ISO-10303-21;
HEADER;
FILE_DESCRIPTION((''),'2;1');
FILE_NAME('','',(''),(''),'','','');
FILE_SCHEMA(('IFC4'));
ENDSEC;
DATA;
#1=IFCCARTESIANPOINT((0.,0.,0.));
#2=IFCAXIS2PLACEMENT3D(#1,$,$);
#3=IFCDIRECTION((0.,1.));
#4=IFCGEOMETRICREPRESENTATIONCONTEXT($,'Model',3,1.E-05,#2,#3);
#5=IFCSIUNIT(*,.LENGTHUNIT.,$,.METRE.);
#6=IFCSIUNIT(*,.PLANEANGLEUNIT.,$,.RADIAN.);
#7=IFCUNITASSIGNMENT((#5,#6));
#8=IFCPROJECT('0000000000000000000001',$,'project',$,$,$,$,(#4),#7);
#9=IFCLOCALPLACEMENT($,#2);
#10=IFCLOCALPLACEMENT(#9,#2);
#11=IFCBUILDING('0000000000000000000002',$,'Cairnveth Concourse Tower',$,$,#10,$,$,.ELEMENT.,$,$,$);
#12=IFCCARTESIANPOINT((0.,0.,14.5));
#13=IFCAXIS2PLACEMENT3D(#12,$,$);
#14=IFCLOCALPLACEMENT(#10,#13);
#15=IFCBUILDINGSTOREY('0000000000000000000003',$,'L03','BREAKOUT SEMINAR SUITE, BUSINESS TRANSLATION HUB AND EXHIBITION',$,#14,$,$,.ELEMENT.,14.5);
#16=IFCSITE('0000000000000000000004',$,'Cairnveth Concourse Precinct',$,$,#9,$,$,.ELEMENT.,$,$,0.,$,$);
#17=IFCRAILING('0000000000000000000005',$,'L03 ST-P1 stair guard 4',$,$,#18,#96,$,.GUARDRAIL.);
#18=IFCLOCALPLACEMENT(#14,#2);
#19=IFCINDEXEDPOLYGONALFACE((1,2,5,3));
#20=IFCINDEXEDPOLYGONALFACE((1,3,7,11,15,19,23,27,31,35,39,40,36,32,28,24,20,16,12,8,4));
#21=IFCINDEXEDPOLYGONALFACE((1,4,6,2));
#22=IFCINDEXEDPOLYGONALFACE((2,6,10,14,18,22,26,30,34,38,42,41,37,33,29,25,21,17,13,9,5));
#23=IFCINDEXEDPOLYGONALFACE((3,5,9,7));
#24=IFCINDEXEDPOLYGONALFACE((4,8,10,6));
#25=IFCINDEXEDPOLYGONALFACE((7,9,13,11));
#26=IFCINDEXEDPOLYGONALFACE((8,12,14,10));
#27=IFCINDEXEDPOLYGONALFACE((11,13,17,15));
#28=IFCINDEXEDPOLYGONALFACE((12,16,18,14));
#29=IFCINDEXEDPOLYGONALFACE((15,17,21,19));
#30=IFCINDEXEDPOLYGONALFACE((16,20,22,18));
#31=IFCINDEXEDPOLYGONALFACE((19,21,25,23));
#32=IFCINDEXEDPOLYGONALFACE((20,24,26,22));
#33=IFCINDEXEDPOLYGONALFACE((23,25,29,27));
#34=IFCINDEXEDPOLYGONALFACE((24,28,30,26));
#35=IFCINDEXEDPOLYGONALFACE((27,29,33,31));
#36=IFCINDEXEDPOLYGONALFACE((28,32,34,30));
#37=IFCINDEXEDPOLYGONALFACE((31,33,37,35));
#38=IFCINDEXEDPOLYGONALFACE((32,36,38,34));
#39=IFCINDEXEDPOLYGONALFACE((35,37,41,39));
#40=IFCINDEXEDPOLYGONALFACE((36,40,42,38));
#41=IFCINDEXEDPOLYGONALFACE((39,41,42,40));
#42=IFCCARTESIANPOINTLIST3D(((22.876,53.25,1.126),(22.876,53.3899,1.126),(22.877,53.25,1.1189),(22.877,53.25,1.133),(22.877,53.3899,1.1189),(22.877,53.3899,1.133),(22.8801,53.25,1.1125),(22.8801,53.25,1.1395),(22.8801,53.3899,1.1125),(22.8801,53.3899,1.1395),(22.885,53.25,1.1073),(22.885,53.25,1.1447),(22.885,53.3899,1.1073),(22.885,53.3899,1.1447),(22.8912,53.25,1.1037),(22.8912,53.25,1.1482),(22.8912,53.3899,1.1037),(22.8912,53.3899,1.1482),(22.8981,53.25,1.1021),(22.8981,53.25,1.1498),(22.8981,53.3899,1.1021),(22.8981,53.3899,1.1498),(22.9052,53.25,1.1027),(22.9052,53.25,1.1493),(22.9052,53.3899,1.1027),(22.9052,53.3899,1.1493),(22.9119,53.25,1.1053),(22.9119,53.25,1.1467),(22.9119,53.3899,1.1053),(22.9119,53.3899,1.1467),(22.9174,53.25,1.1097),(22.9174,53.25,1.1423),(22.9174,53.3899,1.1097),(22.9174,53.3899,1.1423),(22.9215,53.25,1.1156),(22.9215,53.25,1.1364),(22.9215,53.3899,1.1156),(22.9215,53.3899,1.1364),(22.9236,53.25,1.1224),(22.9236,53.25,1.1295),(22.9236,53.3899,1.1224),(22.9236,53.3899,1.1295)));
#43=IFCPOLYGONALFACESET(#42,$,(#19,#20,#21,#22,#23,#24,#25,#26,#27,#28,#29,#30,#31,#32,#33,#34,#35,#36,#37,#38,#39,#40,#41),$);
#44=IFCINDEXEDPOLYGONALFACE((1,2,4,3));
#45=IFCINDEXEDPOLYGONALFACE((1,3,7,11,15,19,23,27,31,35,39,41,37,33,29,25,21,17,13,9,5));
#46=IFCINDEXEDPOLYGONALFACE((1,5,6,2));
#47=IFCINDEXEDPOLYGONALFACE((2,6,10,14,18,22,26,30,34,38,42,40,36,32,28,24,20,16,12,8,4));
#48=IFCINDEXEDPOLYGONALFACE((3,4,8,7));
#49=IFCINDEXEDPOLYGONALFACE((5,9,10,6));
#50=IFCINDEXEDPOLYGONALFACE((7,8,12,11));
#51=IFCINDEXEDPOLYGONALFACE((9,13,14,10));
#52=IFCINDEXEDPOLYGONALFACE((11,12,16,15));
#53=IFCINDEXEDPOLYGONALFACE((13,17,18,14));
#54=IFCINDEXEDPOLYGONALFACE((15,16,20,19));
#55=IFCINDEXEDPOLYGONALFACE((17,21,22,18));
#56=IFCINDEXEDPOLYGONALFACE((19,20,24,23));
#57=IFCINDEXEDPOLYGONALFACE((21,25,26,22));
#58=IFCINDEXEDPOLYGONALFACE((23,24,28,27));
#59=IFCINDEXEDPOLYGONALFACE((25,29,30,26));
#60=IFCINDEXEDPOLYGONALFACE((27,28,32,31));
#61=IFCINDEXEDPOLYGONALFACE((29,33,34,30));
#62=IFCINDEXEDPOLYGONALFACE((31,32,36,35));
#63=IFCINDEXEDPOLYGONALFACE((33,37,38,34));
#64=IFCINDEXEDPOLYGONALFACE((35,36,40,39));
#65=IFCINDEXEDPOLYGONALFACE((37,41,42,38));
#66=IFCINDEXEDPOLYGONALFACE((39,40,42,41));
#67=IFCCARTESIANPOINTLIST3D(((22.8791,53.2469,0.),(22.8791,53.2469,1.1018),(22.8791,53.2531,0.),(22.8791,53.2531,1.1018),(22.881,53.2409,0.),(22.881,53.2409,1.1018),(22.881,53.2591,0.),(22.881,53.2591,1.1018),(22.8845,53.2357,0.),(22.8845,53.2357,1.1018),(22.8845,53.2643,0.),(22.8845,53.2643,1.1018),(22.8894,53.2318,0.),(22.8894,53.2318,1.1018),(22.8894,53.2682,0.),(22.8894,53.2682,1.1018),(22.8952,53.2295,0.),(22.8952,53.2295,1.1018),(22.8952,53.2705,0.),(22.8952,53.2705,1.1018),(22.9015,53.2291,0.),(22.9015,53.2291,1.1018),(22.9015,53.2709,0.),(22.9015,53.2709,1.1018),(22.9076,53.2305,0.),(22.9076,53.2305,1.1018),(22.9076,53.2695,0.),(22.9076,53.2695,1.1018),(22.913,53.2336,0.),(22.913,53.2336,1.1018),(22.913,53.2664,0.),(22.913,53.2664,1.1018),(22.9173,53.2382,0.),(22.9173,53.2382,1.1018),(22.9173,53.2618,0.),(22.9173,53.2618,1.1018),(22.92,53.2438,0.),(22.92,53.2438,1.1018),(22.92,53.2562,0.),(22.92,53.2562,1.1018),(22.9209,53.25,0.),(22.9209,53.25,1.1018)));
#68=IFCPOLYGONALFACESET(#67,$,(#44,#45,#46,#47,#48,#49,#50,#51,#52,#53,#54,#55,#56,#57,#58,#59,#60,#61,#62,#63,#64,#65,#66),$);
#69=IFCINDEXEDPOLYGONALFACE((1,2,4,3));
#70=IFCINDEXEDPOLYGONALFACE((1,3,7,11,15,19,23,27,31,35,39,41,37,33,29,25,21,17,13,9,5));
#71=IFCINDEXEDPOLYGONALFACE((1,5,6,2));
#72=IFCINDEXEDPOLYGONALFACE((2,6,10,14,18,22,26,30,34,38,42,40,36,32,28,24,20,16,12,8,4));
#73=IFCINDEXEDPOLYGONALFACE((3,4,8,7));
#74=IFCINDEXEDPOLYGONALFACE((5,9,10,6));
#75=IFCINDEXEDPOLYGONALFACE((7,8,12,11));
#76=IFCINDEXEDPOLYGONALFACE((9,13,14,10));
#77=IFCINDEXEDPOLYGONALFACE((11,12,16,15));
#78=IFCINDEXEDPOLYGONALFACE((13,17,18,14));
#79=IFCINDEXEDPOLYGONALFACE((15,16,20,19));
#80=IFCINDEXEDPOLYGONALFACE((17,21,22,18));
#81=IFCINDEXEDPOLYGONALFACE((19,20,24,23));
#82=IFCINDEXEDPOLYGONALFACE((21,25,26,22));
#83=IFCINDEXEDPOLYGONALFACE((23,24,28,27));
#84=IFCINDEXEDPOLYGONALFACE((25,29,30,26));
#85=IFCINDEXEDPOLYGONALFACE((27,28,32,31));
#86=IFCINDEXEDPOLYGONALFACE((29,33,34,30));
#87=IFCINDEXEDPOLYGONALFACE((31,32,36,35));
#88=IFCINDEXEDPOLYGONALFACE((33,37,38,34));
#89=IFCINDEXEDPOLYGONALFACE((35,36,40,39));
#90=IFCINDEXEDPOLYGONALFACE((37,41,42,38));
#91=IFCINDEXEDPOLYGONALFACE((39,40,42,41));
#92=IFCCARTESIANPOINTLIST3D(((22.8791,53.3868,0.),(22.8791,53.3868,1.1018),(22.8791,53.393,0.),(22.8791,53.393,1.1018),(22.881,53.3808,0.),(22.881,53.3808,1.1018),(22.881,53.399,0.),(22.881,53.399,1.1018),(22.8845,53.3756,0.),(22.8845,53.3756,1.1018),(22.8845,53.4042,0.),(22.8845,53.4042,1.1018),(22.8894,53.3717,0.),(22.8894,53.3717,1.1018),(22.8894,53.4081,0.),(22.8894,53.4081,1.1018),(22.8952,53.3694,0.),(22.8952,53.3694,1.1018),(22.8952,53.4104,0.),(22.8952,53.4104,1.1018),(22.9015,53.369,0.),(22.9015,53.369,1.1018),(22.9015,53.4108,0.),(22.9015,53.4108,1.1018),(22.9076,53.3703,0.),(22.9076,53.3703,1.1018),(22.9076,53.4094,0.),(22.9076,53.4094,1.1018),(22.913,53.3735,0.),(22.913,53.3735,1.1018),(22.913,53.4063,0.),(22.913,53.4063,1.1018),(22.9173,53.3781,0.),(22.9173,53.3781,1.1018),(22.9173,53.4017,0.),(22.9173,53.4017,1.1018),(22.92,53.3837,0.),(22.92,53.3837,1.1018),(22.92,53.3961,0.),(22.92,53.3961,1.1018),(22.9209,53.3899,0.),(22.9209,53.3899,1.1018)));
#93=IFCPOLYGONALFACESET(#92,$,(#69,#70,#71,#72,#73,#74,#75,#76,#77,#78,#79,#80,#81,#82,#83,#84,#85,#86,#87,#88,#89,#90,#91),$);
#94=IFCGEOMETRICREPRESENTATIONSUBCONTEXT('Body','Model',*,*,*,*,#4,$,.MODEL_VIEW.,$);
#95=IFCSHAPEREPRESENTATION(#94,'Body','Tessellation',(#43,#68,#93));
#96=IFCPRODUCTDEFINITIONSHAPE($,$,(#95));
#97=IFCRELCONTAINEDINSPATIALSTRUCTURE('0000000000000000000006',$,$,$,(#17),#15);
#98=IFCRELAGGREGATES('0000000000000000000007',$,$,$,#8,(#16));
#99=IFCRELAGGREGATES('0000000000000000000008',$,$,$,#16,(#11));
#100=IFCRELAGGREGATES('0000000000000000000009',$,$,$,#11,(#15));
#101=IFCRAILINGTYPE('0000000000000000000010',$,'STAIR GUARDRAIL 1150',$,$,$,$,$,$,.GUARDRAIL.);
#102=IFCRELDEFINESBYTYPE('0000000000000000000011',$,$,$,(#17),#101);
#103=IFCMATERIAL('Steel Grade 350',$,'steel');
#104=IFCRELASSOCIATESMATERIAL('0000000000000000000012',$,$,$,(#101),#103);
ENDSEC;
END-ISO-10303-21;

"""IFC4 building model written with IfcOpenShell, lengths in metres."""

from ifc_helpers import new_model, si_unit, direction, frame, origin, origin_2d, place, context, subcontext, project, spatial, circle, extrude, material, type_object, element, save


model = new_model("IFC4")

# Units and contexts
model_context = context("Model", 3, precision=1e-05, world=origin(), true_north=direction((0.0, 1.0)))
body_context = subcontext(model_context, "Body", "Model", "MODEL_VIEW")
ifc_project = project(units=[si_unit("LENGTHUNIT", "METRE"), si_unit("PLANEANGLEUNIT", "RADIAN")], contexts=[model_context])

# Site, building, storey
site_placement = place(None, origin())
site = spatial("IfcSite", under=ifc_project, at=site_placement, Name="Cairnveth Concourse Precinct", CompositionType="ELEMENT", RefElevation=0.0)
building_placement = place(site_placement, origin())
building = spatial("IfcBuilding", under=site, at=building_placement, Name="Cairnveth Concourse Tower", CompositionType="ELEMENT")
storey_placement = place(building_placement, frame((0.0, 0.0, 14.5)))
storey = spatial("IfcBuildingStorey", under=building, at=storey_placement, Name="L03", Description="BREAKOUT SEMINAR SUITE, BUSINESS TRANSLATION HUB AND EXHIBITION", CompositionType="ELEMENT", Elevation=14.5)

# Shared definitions
ifc_material_1 = material(Name="Steel Grade 350", Category="steel")

# Railing
railing_type_1 = type_object("IfcRailingType", Name="STAIR GUARDRAIL 1150", PredefinedType="GUARDRAIL", material=ifc_material_1)
railing_1_placement = place(storey_placement, frame((22.8999, 53.25, 0.0)))
element("IfcRailing", 1, at=railing_1_placement, inside=storey, type_object=railing_type_1, Name="L03 ST-P1 stair guard 4", PredefinedType="GUARDRAIL", context=body_context, shape_type="SweptSolid", body=[
    extrude(circle(Radius=0.0239, at=origin_2d()), frame((0.0, 0.0, 1.126), z_axis=(0.0, 1.0, 0.0), x_axis=(-1.0, 0.0, 0.0)), (0.0, 0.0, 1.0), 0.1399),
    extrude(circle(Radius=0.021, at=origin_2d()), origin(), (0.0, 0.0, 1.0), 1.1018),
    extrude(circle(Radius=0.021, at=origin_2d()), frame((0.0, 0.1399, 0.0)), (0.0, 0.0, 1.0), 1.1018),
])

save(model, "model.ifc")
